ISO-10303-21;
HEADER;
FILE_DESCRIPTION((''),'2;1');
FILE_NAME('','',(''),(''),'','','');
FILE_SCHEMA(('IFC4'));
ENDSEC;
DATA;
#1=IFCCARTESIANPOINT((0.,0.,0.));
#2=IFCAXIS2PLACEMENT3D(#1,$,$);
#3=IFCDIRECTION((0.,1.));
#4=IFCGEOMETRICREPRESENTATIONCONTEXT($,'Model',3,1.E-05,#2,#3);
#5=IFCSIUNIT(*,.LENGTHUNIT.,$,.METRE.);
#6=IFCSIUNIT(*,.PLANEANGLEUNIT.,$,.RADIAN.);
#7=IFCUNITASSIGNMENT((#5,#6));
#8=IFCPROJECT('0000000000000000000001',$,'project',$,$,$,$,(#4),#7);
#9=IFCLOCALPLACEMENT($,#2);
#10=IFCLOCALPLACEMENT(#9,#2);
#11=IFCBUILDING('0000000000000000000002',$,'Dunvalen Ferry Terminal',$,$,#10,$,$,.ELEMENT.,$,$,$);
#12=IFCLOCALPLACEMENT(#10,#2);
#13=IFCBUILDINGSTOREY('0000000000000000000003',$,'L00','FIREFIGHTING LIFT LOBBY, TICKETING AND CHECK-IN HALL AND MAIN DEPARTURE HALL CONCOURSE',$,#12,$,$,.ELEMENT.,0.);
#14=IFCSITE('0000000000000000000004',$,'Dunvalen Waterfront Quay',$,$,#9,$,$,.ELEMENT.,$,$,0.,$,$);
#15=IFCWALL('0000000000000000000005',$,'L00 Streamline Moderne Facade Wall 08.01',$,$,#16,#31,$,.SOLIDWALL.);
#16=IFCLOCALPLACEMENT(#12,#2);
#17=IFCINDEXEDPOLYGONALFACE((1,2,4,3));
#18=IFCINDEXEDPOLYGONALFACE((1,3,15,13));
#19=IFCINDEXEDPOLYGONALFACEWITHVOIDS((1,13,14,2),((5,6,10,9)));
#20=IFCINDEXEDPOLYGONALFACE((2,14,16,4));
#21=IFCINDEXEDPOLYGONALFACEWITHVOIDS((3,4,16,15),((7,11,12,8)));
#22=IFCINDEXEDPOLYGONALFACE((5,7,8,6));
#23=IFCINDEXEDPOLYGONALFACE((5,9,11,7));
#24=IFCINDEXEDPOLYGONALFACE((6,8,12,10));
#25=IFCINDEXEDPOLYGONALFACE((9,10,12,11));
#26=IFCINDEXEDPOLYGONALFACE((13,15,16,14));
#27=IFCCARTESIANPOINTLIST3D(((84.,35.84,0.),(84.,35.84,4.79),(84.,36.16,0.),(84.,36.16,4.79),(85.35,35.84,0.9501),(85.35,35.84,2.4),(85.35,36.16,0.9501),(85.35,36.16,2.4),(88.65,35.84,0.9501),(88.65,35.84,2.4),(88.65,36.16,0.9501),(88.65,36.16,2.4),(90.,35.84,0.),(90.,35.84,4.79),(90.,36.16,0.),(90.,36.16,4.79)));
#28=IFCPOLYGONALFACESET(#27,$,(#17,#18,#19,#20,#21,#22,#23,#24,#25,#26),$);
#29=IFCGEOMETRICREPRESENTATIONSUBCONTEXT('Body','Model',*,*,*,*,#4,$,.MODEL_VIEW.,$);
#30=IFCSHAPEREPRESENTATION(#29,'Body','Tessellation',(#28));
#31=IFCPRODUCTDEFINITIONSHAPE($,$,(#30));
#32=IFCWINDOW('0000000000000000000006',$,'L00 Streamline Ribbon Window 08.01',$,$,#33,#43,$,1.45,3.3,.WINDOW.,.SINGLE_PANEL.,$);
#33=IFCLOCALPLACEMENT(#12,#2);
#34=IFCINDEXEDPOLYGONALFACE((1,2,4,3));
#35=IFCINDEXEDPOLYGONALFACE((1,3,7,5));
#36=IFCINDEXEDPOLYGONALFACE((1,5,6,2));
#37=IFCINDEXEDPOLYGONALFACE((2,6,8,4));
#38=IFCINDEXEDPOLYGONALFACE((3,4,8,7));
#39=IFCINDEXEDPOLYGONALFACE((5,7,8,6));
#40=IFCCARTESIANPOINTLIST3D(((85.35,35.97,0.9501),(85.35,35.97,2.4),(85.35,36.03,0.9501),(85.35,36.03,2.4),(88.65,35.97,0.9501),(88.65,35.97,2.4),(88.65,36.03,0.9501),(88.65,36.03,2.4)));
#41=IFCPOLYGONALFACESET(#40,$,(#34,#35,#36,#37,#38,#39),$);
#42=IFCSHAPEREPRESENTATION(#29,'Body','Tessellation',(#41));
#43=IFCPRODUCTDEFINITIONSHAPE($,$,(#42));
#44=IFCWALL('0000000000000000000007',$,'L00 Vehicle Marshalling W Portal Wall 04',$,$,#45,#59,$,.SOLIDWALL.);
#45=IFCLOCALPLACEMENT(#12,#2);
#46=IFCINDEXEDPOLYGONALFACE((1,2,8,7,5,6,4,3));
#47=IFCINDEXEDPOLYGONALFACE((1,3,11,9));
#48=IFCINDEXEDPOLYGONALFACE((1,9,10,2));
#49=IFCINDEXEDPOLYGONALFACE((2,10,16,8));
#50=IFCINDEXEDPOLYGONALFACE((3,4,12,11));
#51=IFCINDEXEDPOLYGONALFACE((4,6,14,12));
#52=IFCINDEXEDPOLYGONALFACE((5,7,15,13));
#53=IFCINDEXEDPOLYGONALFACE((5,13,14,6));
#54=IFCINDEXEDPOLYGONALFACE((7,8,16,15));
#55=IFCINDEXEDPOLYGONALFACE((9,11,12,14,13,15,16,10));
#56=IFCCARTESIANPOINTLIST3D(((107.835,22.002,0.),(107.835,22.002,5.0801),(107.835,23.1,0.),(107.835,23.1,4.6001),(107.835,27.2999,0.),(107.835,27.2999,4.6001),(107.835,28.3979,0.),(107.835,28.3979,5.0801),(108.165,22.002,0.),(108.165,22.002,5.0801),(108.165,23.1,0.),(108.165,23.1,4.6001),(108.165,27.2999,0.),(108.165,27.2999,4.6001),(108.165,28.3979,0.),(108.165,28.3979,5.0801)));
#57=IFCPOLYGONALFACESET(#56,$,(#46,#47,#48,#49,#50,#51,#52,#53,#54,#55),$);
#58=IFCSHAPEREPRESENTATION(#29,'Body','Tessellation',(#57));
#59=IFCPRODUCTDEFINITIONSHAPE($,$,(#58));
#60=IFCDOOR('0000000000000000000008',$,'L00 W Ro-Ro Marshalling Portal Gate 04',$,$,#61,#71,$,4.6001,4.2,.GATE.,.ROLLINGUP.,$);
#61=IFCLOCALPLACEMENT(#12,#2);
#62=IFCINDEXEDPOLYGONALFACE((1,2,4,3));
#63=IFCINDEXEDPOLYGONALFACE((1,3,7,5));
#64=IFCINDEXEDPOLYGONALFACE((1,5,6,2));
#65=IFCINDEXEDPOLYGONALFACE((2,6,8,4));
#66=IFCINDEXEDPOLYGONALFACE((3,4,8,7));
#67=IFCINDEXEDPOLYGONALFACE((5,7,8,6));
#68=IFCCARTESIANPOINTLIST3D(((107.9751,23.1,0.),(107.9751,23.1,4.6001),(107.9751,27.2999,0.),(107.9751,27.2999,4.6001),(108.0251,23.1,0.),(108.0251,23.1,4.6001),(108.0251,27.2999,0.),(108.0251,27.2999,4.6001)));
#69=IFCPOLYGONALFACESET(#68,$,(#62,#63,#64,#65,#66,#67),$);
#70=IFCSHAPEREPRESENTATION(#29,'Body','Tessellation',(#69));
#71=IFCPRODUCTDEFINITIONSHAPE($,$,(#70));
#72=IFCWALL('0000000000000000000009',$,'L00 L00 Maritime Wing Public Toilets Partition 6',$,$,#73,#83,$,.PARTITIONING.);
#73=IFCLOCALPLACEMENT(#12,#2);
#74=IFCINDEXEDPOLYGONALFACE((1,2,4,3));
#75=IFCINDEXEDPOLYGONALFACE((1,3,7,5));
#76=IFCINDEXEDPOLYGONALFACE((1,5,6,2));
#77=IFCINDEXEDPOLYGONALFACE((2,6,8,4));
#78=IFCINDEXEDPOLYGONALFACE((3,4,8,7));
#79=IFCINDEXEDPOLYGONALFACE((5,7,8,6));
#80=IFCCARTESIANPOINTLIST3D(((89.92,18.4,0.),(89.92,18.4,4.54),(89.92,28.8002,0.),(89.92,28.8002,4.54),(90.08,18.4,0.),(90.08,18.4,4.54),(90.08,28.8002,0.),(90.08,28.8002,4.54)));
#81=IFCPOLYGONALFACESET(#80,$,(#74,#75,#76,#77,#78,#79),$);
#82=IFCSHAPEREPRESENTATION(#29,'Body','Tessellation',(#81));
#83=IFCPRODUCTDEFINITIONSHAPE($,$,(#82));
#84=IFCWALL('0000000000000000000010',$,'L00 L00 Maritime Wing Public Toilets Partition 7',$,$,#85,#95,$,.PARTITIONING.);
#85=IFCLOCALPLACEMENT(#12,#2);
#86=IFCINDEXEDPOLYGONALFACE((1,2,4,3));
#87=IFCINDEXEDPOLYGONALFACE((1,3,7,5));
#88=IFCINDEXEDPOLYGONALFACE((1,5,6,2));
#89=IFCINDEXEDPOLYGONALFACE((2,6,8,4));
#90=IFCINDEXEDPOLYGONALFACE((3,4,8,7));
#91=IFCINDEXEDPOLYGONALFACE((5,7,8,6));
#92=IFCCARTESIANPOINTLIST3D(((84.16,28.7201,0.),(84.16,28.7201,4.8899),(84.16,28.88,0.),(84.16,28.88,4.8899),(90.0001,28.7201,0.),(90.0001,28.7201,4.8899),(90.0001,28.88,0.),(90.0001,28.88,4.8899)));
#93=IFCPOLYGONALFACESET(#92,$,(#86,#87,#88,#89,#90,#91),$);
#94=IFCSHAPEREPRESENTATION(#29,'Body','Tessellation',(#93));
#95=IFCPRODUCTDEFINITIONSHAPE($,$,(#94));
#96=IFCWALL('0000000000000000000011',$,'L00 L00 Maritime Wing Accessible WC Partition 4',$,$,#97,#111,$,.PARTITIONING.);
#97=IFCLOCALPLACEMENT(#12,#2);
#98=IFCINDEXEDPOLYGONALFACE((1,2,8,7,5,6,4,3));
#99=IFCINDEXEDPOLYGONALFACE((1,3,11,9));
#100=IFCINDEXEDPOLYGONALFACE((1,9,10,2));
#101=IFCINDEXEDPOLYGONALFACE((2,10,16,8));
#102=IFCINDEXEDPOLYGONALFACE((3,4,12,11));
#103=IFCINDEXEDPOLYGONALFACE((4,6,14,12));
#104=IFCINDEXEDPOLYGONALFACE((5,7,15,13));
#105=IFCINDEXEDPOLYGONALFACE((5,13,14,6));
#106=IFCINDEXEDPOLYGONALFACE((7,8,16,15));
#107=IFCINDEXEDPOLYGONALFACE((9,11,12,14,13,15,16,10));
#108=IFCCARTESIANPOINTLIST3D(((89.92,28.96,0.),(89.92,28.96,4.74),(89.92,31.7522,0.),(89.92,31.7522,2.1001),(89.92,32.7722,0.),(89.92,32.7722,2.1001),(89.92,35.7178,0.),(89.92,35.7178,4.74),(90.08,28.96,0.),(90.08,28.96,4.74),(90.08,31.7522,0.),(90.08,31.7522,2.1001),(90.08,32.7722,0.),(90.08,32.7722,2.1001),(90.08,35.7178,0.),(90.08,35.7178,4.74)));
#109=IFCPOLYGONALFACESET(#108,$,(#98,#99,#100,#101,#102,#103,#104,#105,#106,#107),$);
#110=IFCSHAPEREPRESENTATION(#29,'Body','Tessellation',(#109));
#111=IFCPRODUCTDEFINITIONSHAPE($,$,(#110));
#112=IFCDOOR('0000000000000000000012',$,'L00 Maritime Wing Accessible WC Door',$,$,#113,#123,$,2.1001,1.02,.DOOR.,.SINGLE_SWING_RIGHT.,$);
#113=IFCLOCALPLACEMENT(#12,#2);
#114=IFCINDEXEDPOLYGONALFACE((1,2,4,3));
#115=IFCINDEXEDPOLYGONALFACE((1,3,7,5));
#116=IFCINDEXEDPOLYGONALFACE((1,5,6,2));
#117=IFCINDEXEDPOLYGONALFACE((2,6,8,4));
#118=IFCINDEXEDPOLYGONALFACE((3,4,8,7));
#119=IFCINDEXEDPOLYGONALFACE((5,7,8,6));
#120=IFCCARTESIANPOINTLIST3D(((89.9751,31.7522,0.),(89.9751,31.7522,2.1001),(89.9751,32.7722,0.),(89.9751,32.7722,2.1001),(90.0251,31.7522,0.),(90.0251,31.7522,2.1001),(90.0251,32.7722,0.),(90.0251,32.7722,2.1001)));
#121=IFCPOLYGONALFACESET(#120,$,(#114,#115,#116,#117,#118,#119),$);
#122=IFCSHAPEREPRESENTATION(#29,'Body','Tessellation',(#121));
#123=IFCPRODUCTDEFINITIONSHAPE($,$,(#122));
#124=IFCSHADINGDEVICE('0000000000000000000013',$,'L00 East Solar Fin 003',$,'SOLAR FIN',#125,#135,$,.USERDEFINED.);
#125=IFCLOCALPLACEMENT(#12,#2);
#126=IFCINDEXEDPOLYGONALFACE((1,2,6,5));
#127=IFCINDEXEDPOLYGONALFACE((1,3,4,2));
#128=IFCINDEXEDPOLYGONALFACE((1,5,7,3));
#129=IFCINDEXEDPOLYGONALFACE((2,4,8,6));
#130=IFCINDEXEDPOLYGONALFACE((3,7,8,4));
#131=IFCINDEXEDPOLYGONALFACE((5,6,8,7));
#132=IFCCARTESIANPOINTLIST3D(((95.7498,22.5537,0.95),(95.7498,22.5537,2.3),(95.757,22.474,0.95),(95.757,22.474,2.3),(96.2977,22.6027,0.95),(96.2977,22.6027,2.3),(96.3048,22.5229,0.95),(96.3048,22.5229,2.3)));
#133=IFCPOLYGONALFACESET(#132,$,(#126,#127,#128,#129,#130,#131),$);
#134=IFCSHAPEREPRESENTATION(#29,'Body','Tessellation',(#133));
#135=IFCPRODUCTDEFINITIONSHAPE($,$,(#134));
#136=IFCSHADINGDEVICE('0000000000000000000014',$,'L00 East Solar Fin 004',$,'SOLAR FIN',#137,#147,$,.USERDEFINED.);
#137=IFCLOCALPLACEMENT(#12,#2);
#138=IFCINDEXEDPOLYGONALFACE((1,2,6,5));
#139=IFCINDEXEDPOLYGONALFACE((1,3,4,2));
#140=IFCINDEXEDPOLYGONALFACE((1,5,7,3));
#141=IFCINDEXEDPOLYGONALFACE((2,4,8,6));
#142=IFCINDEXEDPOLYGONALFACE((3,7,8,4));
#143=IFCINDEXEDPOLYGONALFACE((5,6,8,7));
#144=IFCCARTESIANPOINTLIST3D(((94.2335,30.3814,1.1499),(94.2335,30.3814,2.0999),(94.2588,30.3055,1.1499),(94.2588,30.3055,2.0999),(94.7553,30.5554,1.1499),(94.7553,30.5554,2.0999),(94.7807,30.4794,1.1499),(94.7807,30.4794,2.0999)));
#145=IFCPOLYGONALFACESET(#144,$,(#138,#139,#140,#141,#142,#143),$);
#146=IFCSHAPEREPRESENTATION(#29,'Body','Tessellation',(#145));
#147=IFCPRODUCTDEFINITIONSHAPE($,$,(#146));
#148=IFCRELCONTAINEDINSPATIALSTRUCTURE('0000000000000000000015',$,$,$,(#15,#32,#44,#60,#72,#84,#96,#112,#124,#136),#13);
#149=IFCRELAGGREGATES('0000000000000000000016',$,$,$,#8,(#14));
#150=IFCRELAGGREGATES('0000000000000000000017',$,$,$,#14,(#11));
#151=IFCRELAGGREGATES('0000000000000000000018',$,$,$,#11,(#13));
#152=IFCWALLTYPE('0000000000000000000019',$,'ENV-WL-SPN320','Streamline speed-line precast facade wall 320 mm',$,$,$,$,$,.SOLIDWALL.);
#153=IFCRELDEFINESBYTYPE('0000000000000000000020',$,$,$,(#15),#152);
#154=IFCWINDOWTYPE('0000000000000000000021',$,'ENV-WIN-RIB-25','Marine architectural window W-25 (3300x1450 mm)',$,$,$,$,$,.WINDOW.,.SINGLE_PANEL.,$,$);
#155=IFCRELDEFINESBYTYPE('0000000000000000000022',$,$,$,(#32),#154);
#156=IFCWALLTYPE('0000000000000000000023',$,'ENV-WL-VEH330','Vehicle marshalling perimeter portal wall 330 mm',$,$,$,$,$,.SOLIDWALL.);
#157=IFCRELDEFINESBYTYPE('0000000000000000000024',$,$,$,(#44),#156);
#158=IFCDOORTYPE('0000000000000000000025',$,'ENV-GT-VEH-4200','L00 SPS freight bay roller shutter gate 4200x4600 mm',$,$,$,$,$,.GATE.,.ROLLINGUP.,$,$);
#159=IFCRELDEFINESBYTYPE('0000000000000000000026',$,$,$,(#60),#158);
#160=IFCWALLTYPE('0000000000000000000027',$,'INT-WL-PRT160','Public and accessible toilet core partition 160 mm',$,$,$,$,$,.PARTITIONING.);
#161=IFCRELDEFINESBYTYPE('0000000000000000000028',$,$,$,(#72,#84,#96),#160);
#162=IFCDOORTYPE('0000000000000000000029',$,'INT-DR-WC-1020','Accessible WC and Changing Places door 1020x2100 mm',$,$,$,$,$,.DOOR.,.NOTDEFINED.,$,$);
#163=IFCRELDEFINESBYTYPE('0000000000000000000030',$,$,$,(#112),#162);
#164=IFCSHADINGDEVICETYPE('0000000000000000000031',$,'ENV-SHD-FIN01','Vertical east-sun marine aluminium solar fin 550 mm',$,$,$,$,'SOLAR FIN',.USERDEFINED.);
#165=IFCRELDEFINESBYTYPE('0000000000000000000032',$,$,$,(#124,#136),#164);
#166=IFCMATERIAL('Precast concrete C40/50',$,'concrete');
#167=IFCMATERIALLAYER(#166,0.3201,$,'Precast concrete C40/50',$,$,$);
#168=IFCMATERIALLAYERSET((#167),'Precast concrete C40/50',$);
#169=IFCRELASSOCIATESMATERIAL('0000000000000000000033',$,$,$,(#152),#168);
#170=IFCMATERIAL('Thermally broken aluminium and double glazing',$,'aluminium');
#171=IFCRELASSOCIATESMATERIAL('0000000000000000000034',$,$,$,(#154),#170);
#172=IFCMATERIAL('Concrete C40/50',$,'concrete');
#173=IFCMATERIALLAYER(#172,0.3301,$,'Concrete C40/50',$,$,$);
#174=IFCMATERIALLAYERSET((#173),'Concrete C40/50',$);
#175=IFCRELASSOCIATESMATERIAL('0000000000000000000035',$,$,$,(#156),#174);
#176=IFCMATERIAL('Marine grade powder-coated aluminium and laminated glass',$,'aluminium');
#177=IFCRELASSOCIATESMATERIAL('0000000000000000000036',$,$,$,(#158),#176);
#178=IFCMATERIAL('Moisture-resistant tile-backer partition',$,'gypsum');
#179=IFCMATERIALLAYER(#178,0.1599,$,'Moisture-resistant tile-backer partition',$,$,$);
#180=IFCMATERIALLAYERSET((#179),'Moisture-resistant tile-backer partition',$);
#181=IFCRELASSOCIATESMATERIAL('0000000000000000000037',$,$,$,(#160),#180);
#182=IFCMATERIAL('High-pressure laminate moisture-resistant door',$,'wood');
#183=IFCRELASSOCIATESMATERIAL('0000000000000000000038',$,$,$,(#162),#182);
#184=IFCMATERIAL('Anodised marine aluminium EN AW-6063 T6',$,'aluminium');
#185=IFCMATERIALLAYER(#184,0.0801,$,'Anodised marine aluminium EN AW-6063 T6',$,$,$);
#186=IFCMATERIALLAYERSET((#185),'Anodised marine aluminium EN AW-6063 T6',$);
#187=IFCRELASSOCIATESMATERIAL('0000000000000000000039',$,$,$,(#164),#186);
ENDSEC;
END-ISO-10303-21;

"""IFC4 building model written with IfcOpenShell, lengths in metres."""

from ifc_helpers import new_model, si_unit, direction, frame, frame_2d, origin, origin_2d, place, context, subcontext, project, spatial, rectangle, extrude, material, layer, layer_set, type_object, element, fill, save


model = new_model("IFC4")

# Units and contexts
model_context = context("Model", 3, precision=1e-05, world=origin(), true_north=direction((0.0, 1.0)))
body_context = subcontext(model_context, "Body", "Model", "MODEL_VIEW")
ifc_project = project(units=[si_unit("LENGTHUNIT", "METRE"), si_unit("PLANEANGLEUNIT", "RADIAN")], contexts=[model_context])

# Site, building, storey
site_placement = place(None, origin())
site = spatial("IfcSite", under=ifc_project, at=site_placement, Name="Dunvalen Waterfront Quay", CompositionType="ELEMENT", RefElevation=0.0)
building_placement = place(site_placement, origin())
building = spatial("IfcBuilding", under=site, at=building_placement, Name="Dunvalen Ferry Terminal", CompositionType="ELEMENT")
storey_placement = place(building_placement, origin())
storey = spatial("IfcBuildingStorey", under=building, at=storey_placement, Name="L00", Description="FIREFIGHTING LIFT LOBBY, TICKETING AND CHECK-IN HALL AND MAIN DEPARTURE HALL CONCOURSE", CompositionType="ELEMENT", Elevation=0.0)

# Shared definitions
ifc_material_1 = material(Name="Concrete C40/50", Category="concrete")

# Wall, opening, window
ifc_material_2 = material(Name="Precast concrete C40/50", Category="concrete")
ifc_layer_1 = layer(ifc_material_2, 0.3201, Name="Precast concrete C40/50")
ifc_layer_set_1 = layer_set([ifc_layer_1], Name="Precast concrete C40/50")
wall_type_1 = type_object("IfcWallType", Name="ENV-WL-SPN320", Description="Streamline speed-line precast facade wall 320 mm", PredefinedType="SOLIDWALL", material=ifc_layer_set_1)
ifc_material_3 = material(Name="Thermally broken aluminium and double glazing", Category="aluminium")
wall_1_placement = place(storey_placement, frame((90.0, 36.0, 0.0), z_axis=(0.0, 0.0, 1.0), x_axis=(-1.0, 0.0, 0.0)))
wall_1 = element("IfcWall", 1, at=wall_1_placement, inside=storey, type_object=wall_type_1, Name="L00 Streamline Moderne Facade Wall 08.01", PredefinedType="SOLIDWALL", context=body_context, shape_type="SweptSolid", body=[
    extrude(rectangle(XDim=6.0, YDim=0.3201, at=frame_2d((3.0, 0.0))), origin(), (0.0, 0.0, 1.0), 4.79),
])
opening_1_placement = place(wall_1_placement, frame((1.3501, 0.0, 0.95)))
opening_1 = element("IfcOpeningElement", 2, at=opening_1_placement, cuts=wall_1, PredefinedType="OPENING", context=body_context, shape_type="SweptSolid", body=[
    extrude(rectangle(XDim=3.3, YDim=1.45, at=frame_2d((1.6499, 0.7251))), frame((0.0, 0.1699, 0.0), z_axis=(0.0, -1.0, 0.0), x_axis=(1.0, 0.0, 0.0)), (0.0, 0.0, 1.0), 0.3401),
])
window_type_1 = type_object("IfcWindowType", Name="ENV-WIN-RIB-25", Description="Marine architectural window W-25 (3300x1450 mm)", PartitioningType="SINGLE_PANEL", PredefinedType="WINDOW", material=ifc_material_3)
window_1_placement = place(opening_1_placement, origin())
window_1 = element("IfcWindow", 3, at=window_1_placement, inside=storey, type_object=window_type_1, Name="L00 Streamline Ribbon Window 08.01", OverallHeight=1.45, OverallWidth=3.3, PartitioningType="SINGLE_PANEL", PredefinedType="WINDOW", context=body_context, shape_type="SweptSolid", body=[
    extrude(rectangle(XDim=3.3, YDim=1.45, at=frame_2d((1.6499, 0.7251))), frame((0.0, 0.03, 0.0), z_axis=(0.0, -1.0, 0.0), x_axis=(1.0, 0.0, 0.0)), (0.0, 0.0, 1.0), 0.0601),
])
fill(opening_1, window_1)

# Wall, opening, door
ifc_layer_2 = layer(ifc_material_1, 0.3301, Name="Concrete C40/50")
ifc_layer_set_2 = layer_set([ifc_layer_2], Name="Concrete C40/50")
wall_type_2 = type_object("IfcWallType", Name="ENV-WL-VEH330", Description="Vehicle marshalling perimeter portal wall 330 mm", PredefinedType="SOLIDWALL", material=ifc_layer_set_2)
wall_2_placement = place(storey_placement, frame((108.0, 22.002, 0.0), z_axis=(0.0, 0.0, 1.0), x_axis=(0.0, 1.0, 0.0)))
wall_2 = element("IfcWall", 4, at=wall_2_placement, inside=storey, type_object=wall_type_2, Name="L00 Vehicle Marshalling W Portal Wall 04", PredefinedType="SOLIDWALL", context=body_context, shape_type="SweptSolid", body=[
    extrude(rectangle(XDim=6.396, YDim=0.3301, at=frame_2d((3.198, 0.0))), origin(), (0.0, 0.0, 1.0), 5.0801),
])
opening_2_placement = place(wall_2_placement, frame((1.0979, 0.0, 0.0)))
opening_2 = element("IfcOpeningElement", 5, at=opening_2_placement, cuts=wall_2, PredefinedType="OPENING", context=body_context, shape_type="SweptSolid", body=[
    extrude(rectangle(XDim=4.2, YDim=4.6001, at=frame_2d((2.1001, 2.3))), frame((0.0, 0.175, 0.0), z_axis=(0.0, -1.0, 0.0), x_axis=(1.0, 0.0, 0.0)), (0.0, 0.0, 1.0), 0.3501),
])
ifc_material_4 = material(Name="Marine grade powder-coated aluminium and laminated glass", Category="aluminium")
door_type_1 = type_object("IfcDoorType", Name="ENV-GT-VEH-4200", Description="L00 SPS freight bay roller shutter gate 4200x4600 mm", OperationType="ROLLINGUP", PredefinedType="GATE", material=ifc_material_4)
door_1_placement = place(opening_2_placement, origin())
door_1 = element("IfcDoor", 6, at=door_1_placement, inside=storey, type_object=door_type_1, Name="L00 W Ro-Ro Marshalling Portal Gate 04", OperationType="ROLLINGUP", OverallHeight=4.6001, OverallWidth=4.2, PredefinedType="GATE", context=body_context, shape_type="SweptSolid", body=[
    extrude(rectangle(XDim=4.2, YDim=4.6001, at=frame_2d((2.1001, 2.3))), frame((0.0, 0.0249, 0.0), z_axis=(0.0, -1.0, 0.0), x_axis=(1.0, 0.0, 0.0)), (0.0, 0.0, 1.0), 0.05),
])
fill(opening_2, door_1)

# Walls
ifc_material_5 = material(Name="Moisture-resistant tile-backer partition", Category="gypsum")
ifc_layer_3 = layer(ifc_material_5, 0.1599, Name="Moisture-resistant tile-backer partition")
ifc_layer_set_3 = layer_set([ifc_layer_3], Name="Moisture-resistant tile-backer partition")
wall_type_3 = type_object("IfcWallType", Name="INT-WL-PRT160", Description="Public and accessible toilet core partition 160 mm", PredefinedType="PARTITIONING", material=ifc_layer_set_3)
wall_3_placement = place(storey_placement, frame((90.0, 18.3999, 0.0), z_axis=(0.0, 0.0, 1.0), x_axis=(0.0, 1.0, 0.0)))
element("IfcWall", 7, at=wall_3_placement, inside=storey, type_object=wall_type_3, Name="L00 L00 Maritime Wing Public Toilets Partition 6", PredefinedType="PARTITIONING", context=body_context, shape_type="SweptSolid", body=[
    extrude(rectangle(XDim=10.4001, YDim=0.1599, at=frame_2d((5.2002, 0.0))), origin(), (0.0, 0.0, 1.0), 4.54),
])
wall_4_placement = place(storey_placement, frame((90.0, 28.8, 0.0), z_axis=(0.0, 0.0, 1.0), x_axis=(-1.0, 0.0, 0.0)))
element("IfcWall", 8, at=wall_4_placement, inside=storey, type_object=wall_type_3, Name="L00 L00 Maritime Wing Public Toilets Partition 7", PredefinedType="PARTITIONING", context=body_context, shape_type="SweptSolid", body=[
    extrude(rectangle(XDim=5.8401, YDim=0.1599, at=frame_2d((2.9199, 0.0))), origin(), (0.0, 0.0, 1.0), 4.8899),
])

# Wall, opening, door
wall_5_placement = place(storey_placement, frame((90.0, 28.96, 0.0), z_axis=(0.0, 0.0, 1.0), x_axis=(0.0, 1.0, 0.0)))
wall_5 = element("IfcWall", 9, at=wall_5_placement, inside=storey, type_object=wall_type_3, Name="L00 L00 Maritime Wing Accessible WC Partition 4", PredefinedType="PARTITIONING", context=body_context, shape_type="SweptSolid", body=[
    extrude(rectangle(XDim=6.7578, YDim=0.1599, at=frame_2d((3.3789, 0.0))), origin(), (0.0, 0.0, 1.0), 4.74),
])
opening_3_placement = place(wall_5_placement, frame((2.7922, 0.0, 0.0)))
opening_3 = element("IfcOpeningElement", 10, at=opening_3_placement, cuts=wall_5, PredefinedType="OPENING", context=body_context, shape_type="SweptSolid", body=[
    extrude(rectangle(XDim=1.02, YDim=2.1001, at=frame_2d((0.51, 1.05))), frame((0.0, 0.0898, 0.0), z_axis=(0.0, -1.0, 0.0), x_axis=(1.0, 0.0, 0.0)), (0.0, 0.0, 1.0), 0.1799),
])
ifc_material_6 = material(Name="High-pressure laminate moisture-resistant door", Category="wood")
door_type_2 = type_object("IfcDoorType", Name="INT-DR-WC-1020", Description="Accessible WC and Changing Places door 1020x2100 mm", OperationType="NOTDEFINED", PredefinedType="DOOR", material=ifc_material_6)
door_2_placement = place(opening_3_placement, origin())
door_2 = element("IfcDoor", 11, at=door_2_placement, inside=storey, type_object=door_type_2, Name="L00 Maritime Wing Accessible WC Door", OperationType="SINGLE_SWING_RIGHT", OverallHeight=2.1001, OverallWidth=1.02, PredefinedType="DOOR", context=body_context, shape_type="SweptSolid", body=[
    extrude(rectangle(XDim=1.02, YDim=2.1001, at=frame_2d((0.51, 1.05))), frame((0.0, 0.0249, 0.0), z_axis=(0.0, -1.0, 0.0), x_axis=(1.0, 0.0, 0.0)), (0.0, 0.0, 1.0), 0.05),
])
fill(opening_3, door_2)

# Shading devices
ifc_material_7 = material(Name="Anodised marine aluminium EN AW-6063 T6", Category="aluminium")
ifc_layer_4 = layer(ifc_material_7, 0.0801, Name="Anodised marine aluminium EN AW-6063 T6")
ifc_layer_set_4 = layer_set([ifc_layer_4], Name="Anodised marine aluminium EN AW-6063 T6")
shading_device_type = type_object("IfcShadingDeviceType", Name="ENV-SHD-FIN01", Description="Vertical east-sun marine aluminium solar fin 550 mm", ElementType="SOLAR FIN", PredefinedType="USERDEFINED", material=ifc_layer_set_4)
shading_device_1_placement = place(storey_placement, frame((96.0273, 22.5383, 0.95), z_axis=(0.0, 0.0, 1.0), x_axis=(-0.088957, 0.996035, 0.0)))
element("IfcShadingDevice", 12, at=shading_device_1_placement, inside=storey, type_object=shading_device_type, Name="L00 East Solar Fin 003", ObjectType="SOLAR FIN", PredefinedType="USERDEFINED", context=body_context, shape_type="SweptSolid", body=[
    extrude(rectangle(XDim=0.0801, YDim=0.55, at=origin_2d()), origin(), (0.0, 0.0, 1.0), 1.3501),
])
shading_device_2_placement = place(storey_placement, frame((94.5071, 30.4304, 1.1499), z_axis=(0.0, 0.0, 1.0), x_axis=(-0.316232, 0.948682, 0.0)))
element("IfcShadingDevice", 13, at=shading_device_2_placement, inside=storey, type_object=shading_device_type, Name="L00 East Solar Fin 004", ObjectType="SOLAR FIN", PredefinedType="USERDEFINED", context=body_context, shape_type="SweptSolid", body=[
    extrude(rectangle(XDim=0.0801, YDim=0.55, at=origin_2d()), origin(), (0.0, 0.0, 1.0), 0.95),
])

save(model, "model.ifc")
